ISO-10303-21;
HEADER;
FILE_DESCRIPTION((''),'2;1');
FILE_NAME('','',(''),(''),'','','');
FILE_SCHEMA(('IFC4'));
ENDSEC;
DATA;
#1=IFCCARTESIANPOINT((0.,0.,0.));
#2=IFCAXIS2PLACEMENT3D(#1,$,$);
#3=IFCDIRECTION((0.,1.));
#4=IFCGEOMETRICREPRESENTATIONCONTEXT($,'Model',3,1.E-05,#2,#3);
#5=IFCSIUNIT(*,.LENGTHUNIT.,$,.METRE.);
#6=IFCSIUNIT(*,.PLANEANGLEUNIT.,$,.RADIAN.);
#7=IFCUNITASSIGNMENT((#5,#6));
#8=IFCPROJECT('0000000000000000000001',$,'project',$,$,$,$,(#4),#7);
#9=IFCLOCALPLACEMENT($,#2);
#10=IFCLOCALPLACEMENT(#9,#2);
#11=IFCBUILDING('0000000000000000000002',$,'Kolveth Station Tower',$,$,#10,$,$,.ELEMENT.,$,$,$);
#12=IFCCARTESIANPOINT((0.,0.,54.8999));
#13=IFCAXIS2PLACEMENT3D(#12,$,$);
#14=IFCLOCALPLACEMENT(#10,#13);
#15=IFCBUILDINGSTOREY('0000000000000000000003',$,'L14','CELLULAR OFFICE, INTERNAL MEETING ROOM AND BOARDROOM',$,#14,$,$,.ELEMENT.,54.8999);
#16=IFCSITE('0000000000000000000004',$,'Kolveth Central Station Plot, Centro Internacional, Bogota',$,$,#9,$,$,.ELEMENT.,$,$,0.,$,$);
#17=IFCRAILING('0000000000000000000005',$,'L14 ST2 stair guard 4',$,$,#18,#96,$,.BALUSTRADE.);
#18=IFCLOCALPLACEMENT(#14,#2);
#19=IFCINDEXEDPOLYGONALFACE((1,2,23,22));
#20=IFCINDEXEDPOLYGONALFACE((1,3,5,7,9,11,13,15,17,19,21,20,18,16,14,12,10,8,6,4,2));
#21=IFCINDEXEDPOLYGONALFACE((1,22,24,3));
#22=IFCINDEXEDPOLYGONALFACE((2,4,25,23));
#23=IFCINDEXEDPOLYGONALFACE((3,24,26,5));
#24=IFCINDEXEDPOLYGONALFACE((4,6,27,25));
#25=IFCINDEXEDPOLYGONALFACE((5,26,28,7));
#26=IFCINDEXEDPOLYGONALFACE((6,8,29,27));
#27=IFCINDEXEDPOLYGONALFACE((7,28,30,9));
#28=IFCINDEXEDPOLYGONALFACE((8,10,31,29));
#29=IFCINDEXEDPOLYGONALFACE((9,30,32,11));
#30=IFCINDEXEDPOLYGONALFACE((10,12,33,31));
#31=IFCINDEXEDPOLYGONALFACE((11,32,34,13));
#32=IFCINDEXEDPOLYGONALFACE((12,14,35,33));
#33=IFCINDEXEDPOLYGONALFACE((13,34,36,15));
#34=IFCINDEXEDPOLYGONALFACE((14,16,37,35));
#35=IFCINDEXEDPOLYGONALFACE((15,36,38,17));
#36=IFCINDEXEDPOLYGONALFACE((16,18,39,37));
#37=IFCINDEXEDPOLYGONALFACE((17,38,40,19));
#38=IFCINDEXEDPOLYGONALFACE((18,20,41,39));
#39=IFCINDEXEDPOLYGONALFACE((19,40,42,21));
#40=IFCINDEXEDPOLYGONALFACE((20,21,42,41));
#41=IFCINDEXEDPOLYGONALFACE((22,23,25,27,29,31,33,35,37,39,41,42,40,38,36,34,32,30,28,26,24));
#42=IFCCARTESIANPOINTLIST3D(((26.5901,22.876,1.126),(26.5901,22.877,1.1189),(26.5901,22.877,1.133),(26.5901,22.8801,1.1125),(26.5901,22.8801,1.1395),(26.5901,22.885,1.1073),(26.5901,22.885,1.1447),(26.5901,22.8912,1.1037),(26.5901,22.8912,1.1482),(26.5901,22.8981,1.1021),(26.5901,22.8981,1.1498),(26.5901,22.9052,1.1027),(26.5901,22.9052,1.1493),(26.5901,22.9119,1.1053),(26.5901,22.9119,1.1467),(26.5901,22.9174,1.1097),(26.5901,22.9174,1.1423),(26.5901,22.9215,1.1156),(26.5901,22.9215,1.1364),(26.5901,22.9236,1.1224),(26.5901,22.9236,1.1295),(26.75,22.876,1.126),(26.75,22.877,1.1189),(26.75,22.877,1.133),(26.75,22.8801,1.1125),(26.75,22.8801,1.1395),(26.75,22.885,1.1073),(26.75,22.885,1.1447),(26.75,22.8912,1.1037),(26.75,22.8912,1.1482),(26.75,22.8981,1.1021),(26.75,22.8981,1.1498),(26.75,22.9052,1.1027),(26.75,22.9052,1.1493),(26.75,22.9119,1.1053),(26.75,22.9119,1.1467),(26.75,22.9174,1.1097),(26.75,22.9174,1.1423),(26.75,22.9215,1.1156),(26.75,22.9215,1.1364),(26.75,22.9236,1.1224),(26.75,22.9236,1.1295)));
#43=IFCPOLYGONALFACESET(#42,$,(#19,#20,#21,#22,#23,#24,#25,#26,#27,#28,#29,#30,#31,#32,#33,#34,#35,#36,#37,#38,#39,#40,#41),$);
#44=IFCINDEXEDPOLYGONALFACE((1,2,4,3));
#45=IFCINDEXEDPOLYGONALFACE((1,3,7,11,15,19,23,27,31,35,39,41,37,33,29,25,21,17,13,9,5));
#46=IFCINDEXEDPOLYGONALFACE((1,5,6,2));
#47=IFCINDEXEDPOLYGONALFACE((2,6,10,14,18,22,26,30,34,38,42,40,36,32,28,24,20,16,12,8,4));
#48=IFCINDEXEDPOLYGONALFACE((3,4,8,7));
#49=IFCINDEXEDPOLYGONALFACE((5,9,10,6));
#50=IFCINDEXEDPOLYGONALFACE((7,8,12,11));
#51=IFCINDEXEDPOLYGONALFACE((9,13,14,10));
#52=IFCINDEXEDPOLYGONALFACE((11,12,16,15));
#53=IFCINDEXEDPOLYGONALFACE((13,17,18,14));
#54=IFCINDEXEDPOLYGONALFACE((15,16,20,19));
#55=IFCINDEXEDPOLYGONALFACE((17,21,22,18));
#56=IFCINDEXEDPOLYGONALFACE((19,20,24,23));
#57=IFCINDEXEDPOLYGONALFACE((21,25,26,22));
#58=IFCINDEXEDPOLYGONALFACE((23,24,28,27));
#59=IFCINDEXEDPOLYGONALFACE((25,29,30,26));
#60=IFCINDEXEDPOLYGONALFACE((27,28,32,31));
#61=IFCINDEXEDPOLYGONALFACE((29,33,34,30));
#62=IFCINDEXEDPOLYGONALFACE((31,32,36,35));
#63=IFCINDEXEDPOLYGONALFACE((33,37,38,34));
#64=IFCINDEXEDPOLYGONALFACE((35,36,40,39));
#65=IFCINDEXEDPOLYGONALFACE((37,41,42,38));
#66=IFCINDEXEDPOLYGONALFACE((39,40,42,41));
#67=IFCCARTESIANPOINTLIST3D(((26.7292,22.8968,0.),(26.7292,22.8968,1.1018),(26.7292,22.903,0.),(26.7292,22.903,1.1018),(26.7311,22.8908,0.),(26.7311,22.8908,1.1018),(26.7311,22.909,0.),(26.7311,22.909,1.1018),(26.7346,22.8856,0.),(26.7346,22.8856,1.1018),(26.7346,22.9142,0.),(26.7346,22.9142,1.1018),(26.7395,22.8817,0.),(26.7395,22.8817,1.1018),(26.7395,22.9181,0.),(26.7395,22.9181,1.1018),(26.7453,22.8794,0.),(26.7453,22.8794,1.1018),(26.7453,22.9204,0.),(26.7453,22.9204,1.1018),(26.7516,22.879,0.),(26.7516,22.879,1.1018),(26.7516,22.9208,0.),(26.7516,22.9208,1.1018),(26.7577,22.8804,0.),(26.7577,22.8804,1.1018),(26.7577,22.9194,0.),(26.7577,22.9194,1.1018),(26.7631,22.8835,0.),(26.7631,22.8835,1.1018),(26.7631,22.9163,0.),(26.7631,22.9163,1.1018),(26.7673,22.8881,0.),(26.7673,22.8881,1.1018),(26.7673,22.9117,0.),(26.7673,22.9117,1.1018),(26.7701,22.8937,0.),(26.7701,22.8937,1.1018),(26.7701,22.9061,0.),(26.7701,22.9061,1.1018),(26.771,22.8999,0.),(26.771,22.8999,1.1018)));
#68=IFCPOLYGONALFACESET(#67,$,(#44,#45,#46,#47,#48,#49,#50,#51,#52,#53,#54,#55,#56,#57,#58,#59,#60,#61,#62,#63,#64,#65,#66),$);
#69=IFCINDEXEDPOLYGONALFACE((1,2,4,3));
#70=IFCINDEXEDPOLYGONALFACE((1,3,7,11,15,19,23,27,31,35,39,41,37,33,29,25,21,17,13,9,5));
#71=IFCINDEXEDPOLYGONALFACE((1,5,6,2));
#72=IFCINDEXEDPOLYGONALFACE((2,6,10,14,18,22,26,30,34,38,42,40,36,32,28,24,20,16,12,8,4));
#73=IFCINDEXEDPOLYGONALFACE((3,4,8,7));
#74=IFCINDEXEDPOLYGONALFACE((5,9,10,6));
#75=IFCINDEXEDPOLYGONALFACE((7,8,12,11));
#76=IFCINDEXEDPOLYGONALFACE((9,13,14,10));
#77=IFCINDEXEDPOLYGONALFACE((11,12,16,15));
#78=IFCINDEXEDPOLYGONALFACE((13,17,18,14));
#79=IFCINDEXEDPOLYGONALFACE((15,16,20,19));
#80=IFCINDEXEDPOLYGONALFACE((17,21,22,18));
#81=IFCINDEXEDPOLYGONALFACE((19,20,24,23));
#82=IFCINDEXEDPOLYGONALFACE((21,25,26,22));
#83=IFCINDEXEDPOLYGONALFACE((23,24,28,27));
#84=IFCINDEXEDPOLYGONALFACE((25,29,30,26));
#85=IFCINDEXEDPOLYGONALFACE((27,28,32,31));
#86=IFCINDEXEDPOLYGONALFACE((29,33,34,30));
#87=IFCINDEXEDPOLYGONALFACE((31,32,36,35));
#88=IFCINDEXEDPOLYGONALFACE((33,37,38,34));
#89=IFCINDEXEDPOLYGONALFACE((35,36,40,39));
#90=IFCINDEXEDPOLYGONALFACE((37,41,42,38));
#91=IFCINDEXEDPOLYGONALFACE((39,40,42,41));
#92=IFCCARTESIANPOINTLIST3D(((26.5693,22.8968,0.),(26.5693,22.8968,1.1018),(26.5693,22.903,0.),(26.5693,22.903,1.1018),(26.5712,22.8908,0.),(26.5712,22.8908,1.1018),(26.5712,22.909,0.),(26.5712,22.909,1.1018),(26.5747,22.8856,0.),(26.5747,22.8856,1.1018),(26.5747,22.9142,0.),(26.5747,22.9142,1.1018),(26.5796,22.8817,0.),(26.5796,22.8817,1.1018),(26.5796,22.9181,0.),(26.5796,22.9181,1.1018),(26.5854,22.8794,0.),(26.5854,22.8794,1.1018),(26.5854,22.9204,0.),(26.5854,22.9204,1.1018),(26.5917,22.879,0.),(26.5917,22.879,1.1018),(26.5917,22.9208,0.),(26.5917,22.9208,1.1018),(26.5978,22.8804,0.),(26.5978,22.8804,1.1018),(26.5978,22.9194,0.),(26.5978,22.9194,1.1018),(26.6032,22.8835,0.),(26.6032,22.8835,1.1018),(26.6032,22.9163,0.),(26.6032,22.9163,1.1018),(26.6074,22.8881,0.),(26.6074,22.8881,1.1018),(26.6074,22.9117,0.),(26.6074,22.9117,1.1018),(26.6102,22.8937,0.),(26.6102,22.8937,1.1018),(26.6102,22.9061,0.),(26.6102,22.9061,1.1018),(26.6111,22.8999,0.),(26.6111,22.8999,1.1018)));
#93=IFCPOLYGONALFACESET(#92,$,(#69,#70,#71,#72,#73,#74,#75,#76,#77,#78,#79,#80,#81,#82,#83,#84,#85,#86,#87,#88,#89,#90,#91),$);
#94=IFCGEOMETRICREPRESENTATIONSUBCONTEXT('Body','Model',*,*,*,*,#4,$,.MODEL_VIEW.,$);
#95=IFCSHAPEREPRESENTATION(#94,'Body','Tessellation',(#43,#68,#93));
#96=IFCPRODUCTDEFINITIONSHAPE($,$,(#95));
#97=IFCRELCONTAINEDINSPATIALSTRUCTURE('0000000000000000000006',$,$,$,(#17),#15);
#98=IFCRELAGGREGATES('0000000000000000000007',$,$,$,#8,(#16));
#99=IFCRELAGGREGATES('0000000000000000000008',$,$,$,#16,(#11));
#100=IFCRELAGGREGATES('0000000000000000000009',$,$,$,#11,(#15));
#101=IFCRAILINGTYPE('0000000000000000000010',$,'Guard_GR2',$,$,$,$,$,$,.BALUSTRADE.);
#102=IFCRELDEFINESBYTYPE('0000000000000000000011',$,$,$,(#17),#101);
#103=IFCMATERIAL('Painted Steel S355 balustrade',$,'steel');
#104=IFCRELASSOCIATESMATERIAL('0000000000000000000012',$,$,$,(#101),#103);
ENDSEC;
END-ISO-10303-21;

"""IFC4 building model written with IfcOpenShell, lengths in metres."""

from ifc_helpers import new_model, si_unit, direction, frame, origin, origin_2d, place, context, subcontext, project, spatial, circle, extrude, material, type_object, element, save


model = new_model("IFC4")

# Units and contexts
model_context = context("Model", 3, precision=1e-05, world=origin(), true_north=direction((0.0, 1.0)))
body_context = subcontext(model_context, "Body", "Model", "MODEL_VIEW")
ifc_project = project(units=[si_unit("LENGTHUNIT", "METRE"), si_unit("PLANEANGLEUNIT", "RADIAN")], contexts=[model_context])

# Site, building, storey
site_placement = place(None, origin())
site = spatial("IfcSite", under=ifc_project, at=site_placement, Name="Kolveth Central Station Plot, Centro Internacional, Bogota", CompositionType="ELEMENT", RefElevation=0.0)
building_placement = place(site_placement, origin())
building = spatial("IfcBuilding", under=site, at=building_placement, Name="Kolveth Station Tower", CompositionType="ELEMENT")
storey_placement = place(building_placement, frame((0.0, 0.0, 54.8999)))
storey = spatial("IfcBuildingStorey", under=building, at=storey_placement, Name="L14", Description="CELLULAR OFFICE, INTERNAL MEETING ROOM AND BOARDROOM", CompositionType="ELEMENT", Elevation=54.8999)

# Railing
ifc_material_1 = material(Name="Painted Steel S355 balustrade", Category="steel")
railing_type_1 = type_object("IfcRailingType", Name="Guard_GR2", PredefinedType="BALUSTRADE", material=ifc_material_1)
railing_1_placement = place(storey_placement, frame((26.75, 22.8999, 0.0)))
element("IfcRailing", 1, at=railing_1_placement, inside=storey, type_object=railing_type_1, Name="L14 ST2 stair guard 4", PredefinedType="BALUSTRADE", context=body_context, shape_type="SweptSolid", body=[
    extrude(circle(Radius=0.0239, at=origin_2d()), frame((0.0, 0.0, 1.126), z_axis=(-1.0, 0.0, 0.0), x_axis=(0.0, -1.0, 0.0)), (0.0, 0.0, 1.0), 0.1599),
    extrude(circle(Radius=0.021, at=origin_2d()), origin(), (0.0, 0.0, 1.0), 1.1018),
    extrude(circle(Radius=0.021, at=origin_2d()), frame((-0.1599, 0.0, 0.0)), (0.0, 0.0, 1.0), 1.1018),
])

save(model, "model.ifc")
